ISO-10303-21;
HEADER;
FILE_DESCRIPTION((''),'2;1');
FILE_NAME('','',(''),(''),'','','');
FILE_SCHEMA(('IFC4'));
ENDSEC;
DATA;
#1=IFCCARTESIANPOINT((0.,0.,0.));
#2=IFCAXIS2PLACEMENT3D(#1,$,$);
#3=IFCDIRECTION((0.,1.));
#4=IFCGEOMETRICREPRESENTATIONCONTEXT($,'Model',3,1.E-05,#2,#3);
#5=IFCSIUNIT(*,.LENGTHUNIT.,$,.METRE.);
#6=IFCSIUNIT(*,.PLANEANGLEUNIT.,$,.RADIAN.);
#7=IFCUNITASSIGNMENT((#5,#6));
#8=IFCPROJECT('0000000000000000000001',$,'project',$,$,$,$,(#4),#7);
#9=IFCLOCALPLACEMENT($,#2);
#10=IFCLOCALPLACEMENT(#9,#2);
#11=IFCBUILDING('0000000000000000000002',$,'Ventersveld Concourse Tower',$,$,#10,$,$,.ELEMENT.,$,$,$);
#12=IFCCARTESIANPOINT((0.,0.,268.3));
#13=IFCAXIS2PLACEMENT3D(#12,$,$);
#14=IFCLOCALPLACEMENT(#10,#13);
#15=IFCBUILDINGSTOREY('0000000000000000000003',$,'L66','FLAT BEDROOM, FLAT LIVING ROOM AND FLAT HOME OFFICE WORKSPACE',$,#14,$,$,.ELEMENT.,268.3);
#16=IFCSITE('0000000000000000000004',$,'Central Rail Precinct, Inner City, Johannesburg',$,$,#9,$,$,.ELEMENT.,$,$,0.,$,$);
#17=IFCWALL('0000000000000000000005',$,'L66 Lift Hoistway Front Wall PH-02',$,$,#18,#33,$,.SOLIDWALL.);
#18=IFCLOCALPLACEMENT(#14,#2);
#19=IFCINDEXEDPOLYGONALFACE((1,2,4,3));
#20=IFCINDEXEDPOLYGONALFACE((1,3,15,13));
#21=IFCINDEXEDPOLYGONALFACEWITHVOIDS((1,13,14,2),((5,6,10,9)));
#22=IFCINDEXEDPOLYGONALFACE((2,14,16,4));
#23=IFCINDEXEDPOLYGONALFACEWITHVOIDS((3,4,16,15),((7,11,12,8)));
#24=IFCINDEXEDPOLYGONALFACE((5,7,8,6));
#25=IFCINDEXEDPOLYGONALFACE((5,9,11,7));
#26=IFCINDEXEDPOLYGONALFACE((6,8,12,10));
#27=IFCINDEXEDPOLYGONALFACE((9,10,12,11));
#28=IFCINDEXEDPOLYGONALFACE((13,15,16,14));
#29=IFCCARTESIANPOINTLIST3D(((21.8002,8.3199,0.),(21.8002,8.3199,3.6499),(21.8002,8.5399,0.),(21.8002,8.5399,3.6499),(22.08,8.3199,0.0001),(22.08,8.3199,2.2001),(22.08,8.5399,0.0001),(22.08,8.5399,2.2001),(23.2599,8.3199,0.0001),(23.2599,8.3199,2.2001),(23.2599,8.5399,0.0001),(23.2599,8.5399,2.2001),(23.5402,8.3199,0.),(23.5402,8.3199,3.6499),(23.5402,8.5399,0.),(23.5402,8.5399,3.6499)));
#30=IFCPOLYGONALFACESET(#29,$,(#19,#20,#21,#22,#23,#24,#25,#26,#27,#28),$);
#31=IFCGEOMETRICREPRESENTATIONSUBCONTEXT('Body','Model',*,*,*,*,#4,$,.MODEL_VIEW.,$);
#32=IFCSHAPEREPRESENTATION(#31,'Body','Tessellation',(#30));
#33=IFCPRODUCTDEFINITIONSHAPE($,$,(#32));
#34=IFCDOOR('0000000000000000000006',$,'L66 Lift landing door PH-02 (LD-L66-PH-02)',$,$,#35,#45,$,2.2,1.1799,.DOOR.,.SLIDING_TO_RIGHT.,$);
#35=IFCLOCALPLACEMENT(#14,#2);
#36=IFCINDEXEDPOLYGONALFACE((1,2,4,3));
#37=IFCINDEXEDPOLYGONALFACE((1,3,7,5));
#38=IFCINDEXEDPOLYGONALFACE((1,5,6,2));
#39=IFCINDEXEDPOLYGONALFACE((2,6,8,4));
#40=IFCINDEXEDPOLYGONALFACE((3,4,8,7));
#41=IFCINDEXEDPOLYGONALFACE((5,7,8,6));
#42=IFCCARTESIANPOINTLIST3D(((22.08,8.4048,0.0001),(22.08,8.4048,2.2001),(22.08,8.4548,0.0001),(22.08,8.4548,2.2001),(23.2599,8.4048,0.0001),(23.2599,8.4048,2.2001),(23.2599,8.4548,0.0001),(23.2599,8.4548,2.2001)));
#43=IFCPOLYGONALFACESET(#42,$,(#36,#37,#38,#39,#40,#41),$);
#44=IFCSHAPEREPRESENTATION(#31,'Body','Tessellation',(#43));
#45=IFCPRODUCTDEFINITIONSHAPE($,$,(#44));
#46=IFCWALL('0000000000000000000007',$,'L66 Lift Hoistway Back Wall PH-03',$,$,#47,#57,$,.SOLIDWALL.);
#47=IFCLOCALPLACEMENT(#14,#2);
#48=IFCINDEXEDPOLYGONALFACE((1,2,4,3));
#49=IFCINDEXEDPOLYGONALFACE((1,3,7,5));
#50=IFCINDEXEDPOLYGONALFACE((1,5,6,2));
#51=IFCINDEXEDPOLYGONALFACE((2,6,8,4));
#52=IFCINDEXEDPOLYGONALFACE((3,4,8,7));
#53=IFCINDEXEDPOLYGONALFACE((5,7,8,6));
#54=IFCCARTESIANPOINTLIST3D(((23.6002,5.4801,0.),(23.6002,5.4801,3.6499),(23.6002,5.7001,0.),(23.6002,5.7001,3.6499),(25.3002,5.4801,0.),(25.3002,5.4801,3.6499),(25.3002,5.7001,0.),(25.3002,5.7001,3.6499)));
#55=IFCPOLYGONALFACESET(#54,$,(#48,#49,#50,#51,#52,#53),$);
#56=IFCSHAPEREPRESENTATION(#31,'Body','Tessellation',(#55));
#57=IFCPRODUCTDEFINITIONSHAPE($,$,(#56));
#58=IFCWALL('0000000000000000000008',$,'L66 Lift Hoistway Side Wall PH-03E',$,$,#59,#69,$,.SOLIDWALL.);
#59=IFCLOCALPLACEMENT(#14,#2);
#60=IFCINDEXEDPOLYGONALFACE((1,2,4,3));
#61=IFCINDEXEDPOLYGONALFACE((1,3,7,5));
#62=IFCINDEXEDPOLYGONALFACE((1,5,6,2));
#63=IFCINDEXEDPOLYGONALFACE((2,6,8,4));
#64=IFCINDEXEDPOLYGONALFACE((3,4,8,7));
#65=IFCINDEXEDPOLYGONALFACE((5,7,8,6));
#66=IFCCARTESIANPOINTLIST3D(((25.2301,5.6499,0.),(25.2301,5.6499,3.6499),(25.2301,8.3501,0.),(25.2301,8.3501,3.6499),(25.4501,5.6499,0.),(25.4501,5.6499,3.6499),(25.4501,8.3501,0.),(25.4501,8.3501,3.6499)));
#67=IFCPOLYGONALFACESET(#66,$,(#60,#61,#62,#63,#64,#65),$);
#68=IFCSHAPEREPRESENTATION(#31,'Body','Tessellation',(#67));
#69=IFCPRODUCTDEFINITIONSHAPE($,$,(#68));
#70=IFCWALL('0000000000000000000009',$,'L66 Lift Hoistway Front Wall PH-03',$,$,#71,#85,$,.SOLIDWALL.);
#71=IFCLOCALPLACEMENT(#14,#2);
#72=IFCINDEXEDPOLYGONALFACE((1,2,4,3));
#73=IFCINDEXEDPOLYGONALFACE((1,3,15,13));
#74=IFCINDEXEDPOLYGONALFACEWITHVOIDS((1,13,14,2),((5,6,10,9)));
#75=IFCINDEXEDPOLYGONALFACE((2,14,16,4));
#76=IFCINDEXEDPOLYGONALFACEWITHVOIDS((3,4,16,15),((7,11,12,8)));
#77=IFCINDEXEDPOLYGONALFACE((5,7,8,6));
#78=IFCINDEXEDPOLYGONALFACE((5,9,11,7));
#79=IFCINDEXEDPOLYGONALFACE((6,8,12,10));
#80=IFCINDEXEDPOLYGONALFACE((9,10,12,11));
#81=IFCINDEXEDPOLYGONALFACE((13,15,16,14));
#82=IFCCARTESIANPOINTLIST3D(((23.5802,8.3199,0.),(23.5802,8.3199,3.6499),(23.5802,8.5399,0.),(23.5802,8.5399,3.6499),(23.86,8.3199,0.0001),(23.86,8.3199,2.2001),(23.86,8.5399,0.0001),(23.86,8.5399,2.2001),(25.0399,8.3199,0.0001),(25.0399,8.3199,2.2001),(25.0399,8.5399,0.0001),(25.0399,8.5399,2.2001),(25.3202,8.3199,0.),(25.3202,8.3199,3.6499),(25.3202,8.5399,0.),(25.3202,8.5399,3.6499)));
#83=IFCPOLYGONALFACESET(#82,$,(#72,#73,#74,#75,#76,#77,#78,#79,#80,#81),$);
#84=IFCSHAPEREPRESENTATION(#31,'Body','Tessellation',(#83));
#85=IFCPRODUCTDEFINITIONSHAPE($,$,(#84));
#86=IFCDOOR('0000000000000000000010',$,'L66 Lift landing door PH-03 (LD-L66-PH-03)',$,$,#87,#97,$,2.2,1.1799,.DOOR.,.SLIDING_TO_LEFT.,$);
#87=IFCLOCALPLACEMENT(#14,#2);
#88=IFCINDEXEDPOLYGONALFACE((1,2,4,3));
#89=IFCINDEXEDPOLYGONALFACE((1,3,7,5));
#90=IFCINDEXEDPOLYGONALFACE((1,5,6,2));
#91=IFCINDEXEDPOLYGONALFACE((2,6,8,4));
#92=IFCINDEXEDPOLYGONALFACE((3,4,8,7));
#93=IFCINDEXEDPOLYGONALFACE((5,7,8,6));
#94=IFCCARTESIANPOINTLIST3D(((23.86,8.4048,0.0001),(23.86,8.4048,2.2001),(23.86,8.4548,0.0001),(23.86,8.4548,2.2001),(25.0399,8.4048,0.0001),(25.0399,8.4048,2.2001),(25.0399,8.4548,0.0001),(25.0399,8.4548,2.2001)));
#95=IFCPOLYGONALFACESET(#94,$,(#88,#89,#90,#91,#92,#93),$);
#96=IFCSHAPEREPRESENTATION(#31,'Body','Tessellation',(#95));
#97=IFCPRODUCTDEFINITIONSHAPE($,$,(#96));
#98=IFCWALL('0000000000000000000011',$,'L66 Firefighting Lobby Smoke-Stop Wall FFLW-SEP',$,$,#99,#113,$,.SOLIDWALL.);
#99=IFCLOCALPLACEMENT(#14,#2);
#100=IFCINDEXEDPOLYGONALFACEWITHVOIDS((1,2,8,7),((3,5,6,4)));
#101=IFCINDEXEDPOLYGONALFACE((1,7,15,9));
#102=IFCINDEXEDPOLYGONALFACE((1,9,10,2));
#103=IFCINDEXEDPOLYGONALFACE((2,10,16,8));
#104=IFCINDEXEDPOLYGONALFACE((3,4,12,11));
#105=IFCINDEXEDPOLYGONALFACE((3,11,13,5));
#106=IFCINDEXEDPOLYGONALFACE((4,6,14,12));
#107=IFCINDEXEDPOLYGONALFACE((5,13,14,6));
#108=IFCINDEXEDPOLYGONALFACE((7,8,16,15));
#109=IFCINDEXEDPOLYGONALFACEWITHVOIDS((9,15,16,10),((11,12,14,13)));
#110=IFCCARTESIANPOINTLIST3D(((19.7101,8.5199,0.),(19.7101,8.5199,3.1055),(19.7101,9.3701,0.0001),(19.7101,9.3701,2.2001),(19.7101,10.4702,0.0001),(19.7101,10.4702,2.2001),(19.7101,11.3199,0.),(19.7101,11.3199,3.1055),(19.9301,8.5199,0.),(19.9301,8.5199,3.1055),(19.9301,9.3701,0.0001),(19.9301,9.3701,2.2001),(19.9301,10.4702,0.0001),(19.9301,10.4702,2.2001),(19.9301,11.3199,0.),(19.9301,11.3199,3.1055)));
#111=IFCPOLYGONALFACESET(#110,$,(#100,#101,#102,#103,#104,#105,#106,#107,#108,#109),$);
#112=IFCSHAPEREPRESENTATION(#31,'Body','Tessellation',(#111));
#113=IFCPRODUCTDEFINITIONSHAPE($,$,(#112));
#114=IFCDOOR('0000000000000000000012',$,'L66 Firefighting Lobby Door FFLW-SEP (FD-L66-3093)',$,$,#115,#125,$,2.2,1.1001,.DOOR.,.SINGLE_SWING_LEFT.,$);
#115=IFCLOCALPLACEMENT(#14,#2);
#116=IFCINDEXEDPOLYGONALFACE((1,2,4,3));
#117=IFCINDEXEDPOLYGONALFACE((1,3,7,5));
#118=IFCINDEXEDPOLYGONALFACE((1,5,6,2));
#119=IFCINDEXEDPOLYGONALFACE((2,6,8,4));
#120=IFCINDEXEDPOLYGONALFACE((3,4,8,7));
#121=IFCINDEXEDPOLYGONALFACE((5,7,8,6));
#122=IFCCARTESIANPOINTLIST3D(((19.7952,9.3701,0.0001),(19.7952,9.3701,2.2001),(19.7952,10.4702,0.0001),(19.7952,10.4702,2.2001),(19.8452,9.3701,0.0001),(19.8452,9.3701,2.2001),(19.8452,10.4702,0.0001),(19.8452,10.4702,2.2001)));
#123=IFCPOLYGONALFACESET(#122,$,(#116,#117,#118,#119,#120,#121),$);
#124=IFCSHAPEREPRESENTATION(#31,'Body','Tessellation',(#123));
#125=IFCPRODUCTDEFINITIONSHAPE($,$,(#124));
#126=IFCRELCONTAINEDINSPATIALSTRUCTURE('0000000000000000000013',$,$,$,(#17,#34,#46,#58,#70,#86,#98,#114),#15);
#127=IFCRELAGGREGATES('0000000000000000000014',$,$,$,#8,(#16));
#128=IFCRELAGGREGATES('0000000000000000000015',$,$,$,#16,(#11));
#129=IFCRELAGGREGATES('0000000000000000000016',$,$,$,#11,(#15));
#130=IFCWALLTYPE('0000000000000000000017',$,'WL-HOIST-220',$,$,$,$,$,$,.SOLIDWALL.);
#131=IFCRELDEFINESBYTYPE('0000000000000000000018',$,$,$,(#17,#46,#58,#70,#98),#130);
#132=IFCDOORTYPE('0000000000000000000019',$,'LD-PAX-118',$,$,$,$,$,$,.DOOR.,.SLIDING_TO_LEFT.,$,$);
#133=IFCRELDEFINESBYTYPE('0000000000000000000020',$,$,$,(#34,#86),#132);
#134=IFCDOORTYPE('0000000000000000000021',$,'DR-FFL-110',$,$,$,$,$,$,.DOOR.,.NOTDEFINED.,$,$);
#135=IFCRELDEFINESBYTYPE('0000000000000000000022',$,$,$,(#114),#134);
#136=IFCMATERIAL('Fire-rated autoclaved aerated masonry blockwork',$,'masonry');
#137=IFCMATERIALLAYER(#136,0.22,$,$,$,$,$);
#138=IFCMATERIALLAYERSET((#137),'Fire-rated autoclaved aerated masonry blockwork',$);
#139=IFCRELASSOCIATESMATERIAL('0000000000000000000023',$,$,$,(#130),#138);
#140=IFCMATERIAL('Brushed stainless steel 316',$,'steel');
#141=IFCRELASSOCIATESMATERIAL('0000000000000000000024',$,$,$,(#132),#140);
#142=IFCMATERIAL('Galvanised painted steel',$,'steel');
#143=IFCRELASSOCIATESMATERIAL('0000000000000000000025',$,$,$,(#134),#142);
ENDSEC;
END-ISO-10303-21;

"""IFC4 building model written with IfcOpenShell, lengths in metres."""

from ifc_helpers import new_model, si_unit, direction, frame, frame_2d, origin, place, context, subcontext, project, spatial, rectangle, extrude, material, layer, layer_set, type_object, element, fill, save


model = new_model("IFC4")

# Units and contexts
model_context = context("Model", 3, precision=1e-05, world=origin(), true_north=direction((0.0, 1.0)))
body_context = subcontext(model_context, "Body", "Model", "MODEL_VIEW")
ifc_project = project(units=[si_unit("LENGTHUNIT", "METRE"), si_unit("PLANEANGLEUNIT", "RADIAN")], contexts=[model_context])

# Site, building, storey
site_placement = place(None, origin())
site = spatial("IfcSite", under=ifc_project, at=site_placement, Name="Central Rail Precinct, Inner City, Johannesburg", CompositionType="ELEMENT", RefElevation=0.0)
building_placement = place(site_placement, origin())
building = spatial("IfcBuilding", under=site, at=building_placement, Name="Ventersveld Concourse Tower", CompositionType="ELEMENT")
storey_placement = place(building_placement, frame((0.0, 0.0, 268.3)))
storey = spatial("IfcBuildingStorey", under=building, at=storey_placement, Name="L66", Description="FLAT BEDROOM, FLAT LIVING ROOM AND FLAT HOME OFFICE WORKSPACE", CompositionType="ELEMENT", Elevation=268.3)

# Shared definitions
ifc_material_1 = material(Name="Fire-rated autoclaved aerated masonry blockwork", Category="masonry")
ifc_material_2 = material(Name="Galvanised painted steel", Category="steel")

# Shared definitions
ifc_layer_1 = layer(ifc_material_1, 0.22)
ifc_layer_set_1 = layer_set([ifc_layer_1], Name="Fire-rated autoclaved aerated masonry blockwork")
wall_type_1 = type_object("IfcWallType", Name="WL-HOIST-220", PredefinedType="SOLIDWALL", material=ifc_layer_set_1)

# Shared definitions
ifc_material_3 = material(Name="Brushed stainless steel 316", Category="steel")
door_type_1 = type_object("IfcDoorType", Name="LD-PAX-118", OperationType="SLIDING_TO_LEFT", PredefinedType="DOOR", material=ifc_material_3)

# Wall, opening, door
wall_1_placement = place(storey_placement, frame((21.8, 8.4299, 0.0), z_axis=(0.0, 0.0, 1.0), x_axis=(1.0, 0.0, 0.0)))
wall_1 = element("IfcWall", 1, at=wall_1_placement, inside=storey, type_object=wall_type_1, Name="L66 Lift Hoistway Front Wall PH-02", PredefinedType="SOLIDWALL", context=body_context, shape_type="SweptSolid", body=[
    extrude(rectangle(XDim=1.74, YDim=0.22, at=frame_2d((0.8701, 0.0))), origin(), (0.0, 0.0, 1.0), 3.6499),
])
opening_1_placement = place(wall_1_placement, frame((0.28, 0.0, 0.0)))
opening_1 = element("IfcOpeningElement", 2, at=opening_1_placement, cuts=wall_1, PredefinedType="OPENING", context=body_context, shape_type="SweptSolid", body=[
    extrude(rectangle(XDim=1.1799, YDim=2.2, at=frame_2d((0.5898, 1.1001))), frame((0.0, 0.1201, 0.0), z_axis=(0.0, -1.0, 0.0), x_axis=(1.0, 0.0, 0.0)), (0.0, 0.0, 1.0), 0.24),
])
door_1_placement = place(opening_1_placement, origin())
door_1 = element("IfcDoor", 3, at=door_1_placement, inside=storey, type_object=door_type_1, Name="L66 Lift landing door PH-02 (LD-L66-PH-02)", OperationType="SLIDING_TO_RIGHT", OverallHeight=2.2, OverallWidth=1.1799, PredefinedType="DOOR", context=body_context, shape_type="SweptSolid", body=[
    extrude(rectangle(XDim=1.1799, YDim=2.2, at=frame_2d((0.5898, 1.1001))), frame((0.0, 0.0249, 0.0), z_axis=(0.0, -1.0, 0.0), x_axis=(1.0, 0.0, 0.0)), (0.0, 0.0, 1.0), 0.05),
])
fill(opening_1, door_1)

# Walls
wall_2_placement = place(storey_placement, frame((23.6001, 5.5901, 0.0), z_axis=(0.0, 0.0, 1.0), x_axis=(1.0, 0.0, 0.0)))
element("IfcWall", 4, at=wall_2_placement, inside=storey, type_object=wall_type_1, Name="L66 Lift Hoistway Back Wall PH-03", PredefinedType="SOLIDWALL", context=body_context, shape_type="SweptSolid", body=[
    extrude(rectangle(XDim=1.7, YDim=0.22, at=frame_2d((0.8501, 0.0))), origin(), (0.0, 0.0, 1.0), 3.6499),
])
wall_3_placement = place(storey_placement, frame((25.3401, 5.6499, 0.0), z_axis=(0.0, 0.0, 1.0), x_axis=(0.0, 1.0, 0.0)))
element("IfcWall", 5, at=wall_3_placement, inside=storey, type_object=wall_type_1, Name="L66 Lift Hoistway Side Wall PH-03E", PredefinedType="SOLIDWALL", context=body_context, shape_type="SweptSolid", body=[
    extrude(rectangle(XDim=2.7002, YDim=0.22, at=frame_2d((1.3501, 0.0))), origin(), (0.0, 0.0, 1.0), 3.6499),
])

# Walls, openings, doors
wall_4_placement = place(storey_placement, frame((23.5801, 8.4299, 0.0), z_axis=(0.0, 0.0, 1.0), x_axis=(1.0, 0.0, 0.0)))
wall_4 = element("IfcWall", 6, at=wall_4_placement, inside=storey, type_object=wall_type_1, Name="L66 Lift Hoistway Front Wall PH-03", PredefinedType="SOLIDWALL", context=body_context, shape_type="SweptSolid", body=[
    extrude(rectangle(XDim=1.74, YDim=0.22, at=frame_2d((0.8701, 0.0))), origin(), (0.0, 0.0, 1.0), 3.6499),
])
opening_2_placement = place(wall_4_placement, frame((0.28, 0.0, 0.0)))
opening_2 = element("IfcOpeningElement", 7, at=opening_2_placement, cuts=wall_4, PredefinedType="OPENING", context=body_context, shape_type="SweptSolid", body=[
    extrude(rectangle(XDim=1.1799, YDim=2.2, at=frame_2d((0.5898, 1.1001))), frame((0.0, 0.1201, 0.0), z_axis=(0.0, -1.0, 0.0), x_axis=(1.0, 0.0, 0.0)), (0.0, 0.0, 1.0), 0.24),
])
door_2_placement = place(opening_2_placement, origin())
door_2 = element("IfcDoor", 8, at=door_2_placement, inside=storey, type_object=door_type_1, Name="L66 Lift landing door PH-03 (LD-L66-PH-03)", OperationType="SLIDING_TO_LEFT", OverallHeight=2.2, OverallWidth=1.1799, PredefinedType="DOOR", context=body_context, shape_type="SweptSolid", body=[
    extrude(rectangle(XDim=1.1799, YDim=2.2, at=frame_2d((0.5898, 1.1001))), frame((0.0, 0.0249, 0.0), z_axis=(0.0, -1.0, 0.0), x_axis=(1.0, 0.0, 0.0)), (0.0, 0.0, 1.0), 0.05),
])
fill(opening_2, door_2)
wall_5_placement = place(storey_placement, frame((19.8201, 8.52, 0.0), z_axis=(0.0, 0.0, 1.0), x_axis=(0.0, 1.0, 0.0)))
wall_5 = element("IfcWall", 9, at=wall_5_placement, inside=storey, type_object=wall_type_1, Name="L66 Firefighting Lobby Smoke-Stop Wall FFLW-SEP", PredefinedType="SOLIDWALL", context=body_context, shape_type="SweptSolid", body=[
    extrude(rectangle(XDim=2.8, YDim=0.22, at=frame_2d((1.3999, 0.0))), origin(), (0.0, 0.0, 1.0), 3.1055),
])
opening_3_placement = place(wall_5_placement, frame((0.8501, 0.0, 0.0)))
opening_3 = element("IfcOpeningElement", 10, at=opening_3_placement, cuts=wall_5, PredefinedType="OPENING", context=body_context, shape_type="SweptSolid", body=[
    extrude(rectangle(XDim=1.1001, YDim=2.2, at=frame_2d((0.55, 1.1001))), frame((0.0, 0.1201, 0.0), z_axis=(0.0, -1.0, 0.0), x_axis=(1.0, 0.0, 0.0)), (0.0, 0.0, 1.0), 0.24),
])
door_type_2 = type_object("IfcDoorType", Name="DR-FFL-110", OperationType="NOTDEFINED", PredefinedType="DOOR", material=ifc_material_2)
door_3_placement = place(opening_3_placement, origin())
door_3 = element("IfcDoor", 11, at=door_3_placement, inside=storey, type_object=door_type_2, Name="L66 Firefighting Lobby Door FFLW-SEP (FD-L66-3093)", OperationType="SINGLE_SWING_LEFT", OverallHeight=2.2, OverallWidth=1.1001, PredefinedType="DOOR", context=body_context, shape_type="SweptSolid", body=[
    extrude(rectangle(XDim=1.1001, YDim=2.2, at=frame_2d((0.55, 1.1001))), frame((0.0, 0.0249, 0.0), z_axis=(0.0, -1.0, 0.0), x_axis=(1.0, 0.0, 0.0)), (0.0, 0.0, 1.0), 0.05),
])
fill(opening_3, door_3)

save(model, "model.ifc")
